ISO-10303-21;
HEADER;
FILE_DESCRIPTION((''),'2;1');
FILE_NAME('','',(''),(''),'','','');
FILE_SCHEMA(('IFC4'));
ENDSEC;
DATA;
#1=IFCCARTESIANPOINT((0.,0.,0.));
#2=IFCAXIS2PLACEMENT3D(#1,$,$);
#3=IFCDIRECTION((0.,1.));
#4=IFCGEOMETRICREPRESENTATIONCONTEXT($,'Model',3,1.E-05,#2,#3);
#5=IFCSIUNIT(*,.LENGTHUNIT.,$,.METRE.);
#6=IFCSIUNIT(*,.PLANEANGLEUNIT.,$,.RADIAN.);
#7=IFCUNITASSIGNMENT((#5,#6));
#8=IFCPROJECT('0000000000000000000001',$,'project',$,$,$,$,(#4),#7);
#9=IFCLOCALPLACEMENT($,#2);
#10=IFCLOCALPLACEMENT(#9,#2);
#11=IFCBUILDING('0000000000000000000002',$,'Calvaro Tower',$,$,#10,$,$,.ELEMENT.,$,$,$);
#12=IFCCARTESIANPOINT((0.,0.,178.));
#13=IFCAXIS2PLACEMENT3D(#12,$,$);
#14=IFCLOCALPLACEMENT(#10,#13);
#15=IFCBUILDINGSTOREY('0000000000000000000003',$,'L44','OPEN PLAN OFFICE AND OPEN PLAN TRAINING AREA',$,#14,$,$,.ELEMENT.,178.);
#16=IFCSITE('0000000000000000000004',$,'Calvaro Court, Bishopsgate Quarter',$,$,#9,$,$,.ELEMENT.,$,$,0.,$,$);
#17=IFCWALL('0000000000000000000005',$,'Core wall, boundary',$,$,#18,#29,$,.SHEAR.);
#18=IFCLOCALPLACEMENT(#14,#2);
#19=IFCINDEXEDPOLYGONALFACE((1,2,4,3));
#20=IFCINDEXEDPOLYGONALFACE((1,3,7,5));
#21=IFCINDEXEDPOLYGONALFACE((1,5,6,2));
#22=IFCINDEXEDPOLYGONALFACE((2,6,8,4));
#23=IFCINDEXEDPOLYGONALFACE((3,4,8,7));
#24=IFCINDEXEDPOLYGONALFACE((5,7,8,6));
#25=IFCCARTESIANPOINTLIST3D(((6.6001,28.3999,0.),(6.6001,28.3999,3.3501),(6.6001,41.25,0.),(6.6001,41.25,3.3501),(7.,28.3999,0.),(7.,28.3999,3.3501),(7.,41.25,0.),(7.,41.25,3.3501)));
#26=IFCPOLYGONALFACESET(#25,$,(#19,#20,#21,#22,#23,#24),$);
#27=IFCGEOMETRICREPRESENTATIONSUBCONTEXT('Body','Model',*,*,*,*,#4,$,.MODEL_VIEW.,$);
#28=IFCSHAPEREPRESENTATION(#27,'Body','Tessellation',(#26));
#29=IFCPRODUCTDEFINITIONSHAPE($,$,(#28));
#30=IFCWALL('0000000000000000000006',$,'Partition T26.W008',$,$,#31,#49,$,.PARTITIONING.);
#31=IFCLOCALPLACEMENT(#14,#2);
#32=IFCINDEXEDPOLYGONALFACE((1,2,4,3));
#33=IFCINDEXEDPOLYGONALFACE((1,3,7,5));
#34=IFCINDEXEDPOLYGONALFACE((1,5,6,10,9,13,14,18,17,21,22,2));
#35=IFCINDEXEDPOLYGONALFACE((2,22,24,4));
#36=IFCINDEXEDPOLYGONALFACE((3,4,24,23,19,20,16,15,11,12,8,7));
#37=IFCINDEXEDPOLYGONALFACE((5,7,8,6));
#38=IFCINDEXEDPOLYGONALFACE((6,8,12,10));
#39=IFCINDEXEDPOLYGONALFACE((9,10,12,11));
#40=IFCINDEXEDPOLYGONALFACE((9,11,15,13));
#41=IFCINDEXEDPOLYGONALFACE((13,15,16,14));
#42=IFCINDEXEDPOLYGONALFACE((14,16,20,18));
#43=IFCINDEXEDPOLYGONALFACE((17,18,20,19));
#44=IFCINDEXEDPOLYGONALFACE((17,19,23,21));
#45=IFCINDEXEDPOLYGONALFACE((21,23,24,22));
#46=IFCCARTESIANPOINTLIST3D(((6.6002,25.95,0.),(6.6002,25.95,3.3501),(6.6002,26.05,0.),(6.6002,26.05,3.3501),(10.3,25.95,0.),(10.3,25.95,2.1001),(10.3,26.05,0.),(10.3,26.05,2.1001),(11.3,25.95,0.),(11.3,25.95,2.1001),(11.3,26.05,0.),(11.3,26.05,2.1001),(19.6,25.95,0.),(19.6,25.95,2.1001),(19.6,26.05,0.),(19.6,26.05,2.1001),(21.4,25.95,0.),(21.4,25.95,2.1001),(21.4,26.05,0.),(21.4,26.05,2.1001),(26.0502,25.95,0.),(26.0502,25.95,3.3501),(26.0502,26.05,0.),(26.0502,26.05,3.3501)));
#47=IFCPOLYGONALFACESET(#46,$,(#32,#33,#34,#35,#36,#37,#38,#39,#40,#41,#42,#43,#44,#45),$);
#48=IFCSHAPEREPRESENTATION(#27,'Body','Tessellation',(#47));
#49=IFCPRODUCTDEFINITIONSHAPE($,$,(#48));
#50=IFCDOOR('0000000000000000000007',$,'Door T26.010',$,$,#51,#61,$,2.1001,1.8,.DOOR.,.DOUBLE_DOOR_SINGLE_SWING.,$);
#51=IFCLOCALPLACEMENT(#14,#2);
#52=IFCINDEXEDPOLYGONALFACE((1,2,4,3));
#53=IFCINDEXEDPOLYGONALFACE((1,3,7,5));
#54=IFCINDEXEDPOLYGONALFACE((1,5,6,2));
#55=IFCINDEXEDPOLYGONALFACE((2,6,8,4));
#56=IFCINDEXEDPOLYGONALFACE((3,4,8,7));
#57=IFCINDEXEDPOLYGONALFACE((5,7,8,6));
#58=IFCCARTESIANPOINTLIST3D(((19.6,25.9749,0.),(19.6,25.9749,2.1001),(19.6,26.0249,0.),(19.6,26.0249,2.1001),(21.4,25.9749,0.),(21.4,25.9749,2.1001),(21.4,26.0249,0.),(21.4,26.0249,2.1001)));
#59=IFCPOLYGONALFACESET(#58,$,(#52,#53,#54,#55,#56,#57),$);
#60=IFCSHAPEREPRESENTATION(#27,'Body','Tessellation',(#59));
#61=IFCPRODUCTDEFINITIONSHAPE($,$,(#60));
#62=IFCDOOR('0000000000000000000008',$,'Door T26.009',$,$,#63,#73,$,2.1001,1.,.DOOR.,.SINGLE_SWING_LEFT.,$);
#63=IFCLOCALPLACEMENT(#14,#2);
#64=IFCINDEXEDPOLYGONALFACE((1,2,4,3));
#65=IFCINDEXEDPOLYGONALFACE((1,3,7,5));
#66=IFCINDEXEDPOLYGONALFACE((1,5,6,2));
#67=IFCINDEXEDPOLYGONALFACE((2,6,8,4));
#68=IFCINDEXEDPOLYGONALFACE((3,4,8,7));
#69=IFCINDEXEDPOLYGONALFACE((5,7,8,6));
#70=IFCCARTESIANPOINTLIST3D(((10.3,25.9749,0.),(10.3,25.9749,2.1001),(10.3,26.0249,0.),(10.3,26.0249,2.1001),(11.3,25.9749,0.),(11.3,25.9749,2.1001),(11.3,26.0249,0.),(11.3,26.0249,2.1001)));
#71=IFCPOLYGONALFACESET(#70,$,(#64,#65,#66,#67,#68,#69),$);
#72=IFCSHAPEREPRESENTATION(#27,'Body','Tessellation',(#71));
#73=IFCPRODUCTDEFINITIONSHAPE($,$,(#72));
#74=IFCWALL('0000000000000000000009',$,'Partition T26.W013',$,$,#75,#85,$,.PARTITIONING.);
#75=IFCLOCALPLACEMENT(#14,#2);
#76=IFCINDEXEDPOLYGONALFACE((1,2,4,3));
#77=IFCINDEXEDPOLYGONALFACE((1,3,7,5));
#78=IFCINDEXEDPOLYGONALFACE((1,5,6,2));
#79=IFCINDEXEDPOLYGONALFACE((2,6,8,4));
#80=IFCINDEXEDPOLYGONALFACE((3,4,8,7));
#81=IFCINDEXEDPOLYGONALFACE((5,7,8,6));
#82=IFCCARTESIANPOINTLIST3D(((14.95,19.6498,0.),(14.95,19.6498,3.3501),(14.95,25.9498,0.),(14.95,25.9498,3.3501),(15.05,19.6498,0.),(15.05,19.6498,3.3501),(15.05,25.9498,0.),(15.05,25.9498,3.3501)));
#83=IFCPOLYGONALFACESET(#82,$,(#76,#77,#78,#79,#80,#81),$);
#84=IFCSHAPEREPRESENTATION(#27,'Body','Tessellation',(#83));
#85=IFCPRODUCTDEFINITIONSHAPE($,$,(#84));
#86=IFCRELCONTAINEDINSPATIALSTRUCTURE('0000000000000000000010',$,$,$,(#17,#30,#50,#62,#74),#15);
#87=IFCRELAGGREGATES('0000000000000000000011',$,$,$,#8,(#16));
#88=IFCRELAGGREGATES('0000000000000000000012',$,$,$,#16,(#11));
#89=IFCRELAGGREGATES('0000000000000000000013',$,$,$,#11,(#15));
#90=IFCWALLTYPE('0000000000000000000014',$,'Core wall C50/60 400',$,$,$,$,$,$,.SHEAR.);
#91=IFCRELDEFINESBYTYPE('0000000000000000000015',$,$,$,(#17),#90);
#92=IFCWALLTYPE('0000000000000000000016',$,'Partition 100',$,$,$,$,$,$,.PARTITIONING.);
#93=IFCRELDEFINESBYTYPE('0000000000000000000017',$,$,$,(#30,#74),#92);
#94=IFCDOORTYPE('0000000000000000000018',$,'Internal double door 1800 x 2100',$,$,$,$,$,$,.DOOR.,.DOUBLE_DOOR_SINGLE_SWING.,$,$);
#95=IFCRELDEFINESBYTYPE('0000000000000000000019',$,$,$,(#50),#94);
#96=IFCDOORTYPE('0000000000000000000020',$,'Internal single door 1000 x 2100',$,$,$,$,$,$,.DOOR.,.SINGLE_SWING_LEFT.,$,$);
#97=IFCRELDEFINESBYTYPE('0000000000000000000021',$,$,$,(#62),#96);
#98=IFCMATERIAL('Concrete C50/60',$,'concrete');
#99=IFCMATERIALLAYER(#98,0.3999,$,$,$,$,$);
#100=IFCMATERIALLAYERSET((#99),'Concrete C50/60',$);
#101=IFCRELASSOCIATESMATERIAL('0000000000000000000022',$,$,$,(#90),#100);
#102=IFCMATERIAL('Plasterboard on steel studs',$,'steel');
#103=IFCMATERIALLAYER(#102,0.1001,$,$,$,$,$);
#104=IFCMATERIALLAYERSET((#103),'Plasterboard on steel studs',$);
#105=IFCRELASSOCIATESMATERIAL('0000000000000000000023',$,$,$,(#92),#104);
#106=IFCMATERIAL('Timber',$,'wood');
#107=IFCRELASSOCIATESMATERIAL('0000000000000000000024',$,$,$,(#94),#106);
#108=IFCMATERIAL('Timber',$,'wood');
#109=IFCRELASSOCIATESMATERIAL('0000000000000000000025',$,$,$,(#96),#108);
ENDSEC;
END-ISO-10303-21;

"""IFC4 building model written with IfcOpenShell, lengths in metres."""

from ifc_helpers import new_model, si_unit, direction, frame, frame_2d, origin, place, context, subcontext, project, spatial, rectangle, extrude, material, layer, layer_set, type_object, element, fill, save


model = new_model("IFC4")

# Units and contexts
model_context = context("Model", 3, precision=1e-05, world=origin(), true_north=direction((0.0, 1.0)))
body_context = subcontext(model_context, "Body", "Model", "MODEL_VIEW")
ifc_project = project(units=[si_unit("LENGTHUNIT", "METRE"), si_unit("PLANEANGLEUNIT", "RADIAN")], contexts=[model_context])

# Site, building, storey
site_placement = place(None, origin())
site = spatial("IfcSite", under=ifc_project, at=site_placement, Name="Calvaro Court, Bishopsgate Quarter", CompositionType="ELEMENT", RefElevation=0.0)
building_placement = place(site_placement, origin())
building = spatial("IfcBuilding", under=site, at=building_placement, Name="Calvaro Tower", CompositionType="ELEMENT")
storey_placement = place(building_placement, frame((0.0, 0.0, 178.0)))
storey = spatial("IfcBuildingStorey", under=building, at=storey_placement, Name="L44", Description="OPEN PLAN OFFICE AND OPEN PLAN TRAINING AREA", CompositionType="ELEMENT", Elevation=178.0)

# Shared definitions
ifc_material_1 = material(Name="Concrete C50/60", Category="concrete")
ifc_layer_1 = layer(ifc_material_1, 0.3999)
ifc_layer_set_1 = layer_set([ifc_layer_1], Name="Concrete C50/60")
wall_type_1 = type_object("IfcWallType", Name="Core wall C50/60 400", PredefinedType="SHEAR", material=ifc_layer_set_1)

# Wall
wall_1_placement = place(storey_placement, frame((6.8, 28.3999, 0.0), z_axis=(0.0, 0.0, 1.0), x_axis=(0.0, 1.0, 0.0)))
element("IfcWall", 1, at=wall_1_placement, inside=storey, type_object=wall_type_1, Name="Core wall, boundary", PredefinedType="SHEAR", context=body_context, shape_type="SweptSolid", body=[
    extrude(rectangle(XDim=12.8501, YDim=0.3999, at=frame_2d((6.425, 0.0))), origin(), (0.0, 0.0, 1.0), 3.3501),
])

# Wall, openings, doors
ifc_material_2 = material(Name="Plasterboard on steel studs", Category="steel")
ifc_layer_2 = layer(ifc_material_2, 0.1001)
ifc_layer_set_2 = layer_set([ifc_layer_2], Name="Plasterboard on steel studs")
wall_type_2 = type_object("IfcWallType", Name="Partition 100", PredefinedType="PARTITIONING", material=ifc_layer_set_2)
wall_2_placement = place(storey_placement, frame((6.6001, 26.0, 0.0), z_axis=(0.0, 0.0, 1.0), x_axis=(1.0, 0.0, 0.0)))
wall_2 = element("IfcWall", 2, at=wall_2_placement, inside=storey, type_object=wall_type_2, Name="Partition T26.W008", PredefinedType="PARTITIONING", context=body_context, shape_type="SweptSolid", body=[
    extrude(rectangle(XDim=19.45, YDim=0.1001, at=frame_2d((9.7251, 0.0))), origin(), (0.0, 0.0, 1.0), 3.3501),
])
opening_1_placement = place(wall_2_placement, frame((3.7, 0.0, 0.0)))
opening_1 = element("IfcOpeningElement", 3, at=opening_1_placement, cuts=wall_2, PredefinedType="OPENING", context=body_context, shape_type="SweptSolid", body=[
    extrude(rectangle(XDim=1.0, YDim=2.1001, at=frame_2d((0.5, 1.05))), frame((0.0, 0.0601, 0.0), z_axis=(0.0, -1.0, 0.0), x_axis=(1.0, 0.0, 0.0)), (0.0, 0.0, 1.0), 0.1201),
])
opening_2_placement = place(wall_2_placement, frame((13.0, 0.0, 0.0)))
opening_2 = element("IfcOpeningElement", 4, at=opening_2_placement, cuts=wall_2, PredefinedType="OPENING", context=body_context, shape_type="SweptSolid", body=[
    extrude(rectangle(XDim=1.8, YDim=2.1001, at=frame_2d((0.8999, 1.05))), frame((0.0, 0.0601, 0.0), z_axis=(0.0, -1.0, 0.0), x_axis=(1.0, 0.0, 0.0)), (0.0, 0.0, 1.0), 0.1201),
])
ifc_material_3 = material(Name="Timber", Category="wood")
door_type_1 = type_object("IfcDoorType", Name="Internal double door 1800 x 2100", OperationType="DOUBLE_DOOR_SINGLE_SWING", PredefinedType="DOOR", material=ifc_material_3)
door_1_placement = place(opening_2_placement, origin())
door_1 = element("IfcDoor", 5, at=door_1_placement, inside=storey, type_object=door_type_1, Name="Door T26.010", OperationType="DOUBLE_DOOR_SINGLE_SWING", OverallHeight=2.1001, OverallWidth=1.8, PredefinedType="DOOR", context=body_context, shape_type="SweptSolid", body=[
    extrude(rectangle(XDim=1.8, YDim=2.1001, at=frame_2d((0.8999, 1.05))), frame((0.0, 0.0249, 0.0), z_axis=(0.0, -1.0, 0.0), x_axis=(1.0, 0.0, 0.0)), (0.0, 0.0, 1.0), 0.05),
])
fill(opening_2, door_1)
ifc_material_4 = material(Name="Timber", Category="wood")
door_type_2 = type_object("IfcDoorType", Name="Internal single door 1000 x 2100", OperationType="SINGLE_SWING_LEFT", PredefinedType="DOOR", material=ifc_material_4)
door_2_placement = place(opening_1_placement, origin())
door_2 = element("IfcDoor", 6, at=door_2_placement, inside=storey, type_object=door_type_2, Name="Door T26.009", OperationType="SINGLE_SWING_LEFT", OverallHeight=2.1001, OverallWidth=1.0, PredefinedType="DOOR", context=body_context, shape_type="SweptSolid", body=[
    extrude(rectangle(XDim=1.0, YDim=2.1001, at=frame_2d((0.5, 1.05))), frame((0.0, 0.0249, 0.0), z_axis=(0.0, -1.0, 0.0), x_axis=(1.0, 0.0, 0.0)), (0.0, 0.0, 1.0), 0.05),
])
fill(opening_1, door_2)

# Wall
wall_3_placement = place(storey_placement, frame((15.0, 19.6499, 0.0), z_axis=(0.0, 0.0, 1.0), x_axis=(0.0, 1.0, 0.0)))
element("IfcWall", 7, at=wall_3_placement, inside=storey, type_object=wall_type_2, Name="Partition T26.W013", PredefinedType="PARTITIONING", context=body_context, shape_type="SweptSolid", body=[
    extrude(rectangle(XDim=6.3, YDim=0.1001, at=frame_2d((3.1499, 0.0))), origin(), (0.0, 0.0, 1.0), 3.3501),
])

save(model, "model.ifc")
